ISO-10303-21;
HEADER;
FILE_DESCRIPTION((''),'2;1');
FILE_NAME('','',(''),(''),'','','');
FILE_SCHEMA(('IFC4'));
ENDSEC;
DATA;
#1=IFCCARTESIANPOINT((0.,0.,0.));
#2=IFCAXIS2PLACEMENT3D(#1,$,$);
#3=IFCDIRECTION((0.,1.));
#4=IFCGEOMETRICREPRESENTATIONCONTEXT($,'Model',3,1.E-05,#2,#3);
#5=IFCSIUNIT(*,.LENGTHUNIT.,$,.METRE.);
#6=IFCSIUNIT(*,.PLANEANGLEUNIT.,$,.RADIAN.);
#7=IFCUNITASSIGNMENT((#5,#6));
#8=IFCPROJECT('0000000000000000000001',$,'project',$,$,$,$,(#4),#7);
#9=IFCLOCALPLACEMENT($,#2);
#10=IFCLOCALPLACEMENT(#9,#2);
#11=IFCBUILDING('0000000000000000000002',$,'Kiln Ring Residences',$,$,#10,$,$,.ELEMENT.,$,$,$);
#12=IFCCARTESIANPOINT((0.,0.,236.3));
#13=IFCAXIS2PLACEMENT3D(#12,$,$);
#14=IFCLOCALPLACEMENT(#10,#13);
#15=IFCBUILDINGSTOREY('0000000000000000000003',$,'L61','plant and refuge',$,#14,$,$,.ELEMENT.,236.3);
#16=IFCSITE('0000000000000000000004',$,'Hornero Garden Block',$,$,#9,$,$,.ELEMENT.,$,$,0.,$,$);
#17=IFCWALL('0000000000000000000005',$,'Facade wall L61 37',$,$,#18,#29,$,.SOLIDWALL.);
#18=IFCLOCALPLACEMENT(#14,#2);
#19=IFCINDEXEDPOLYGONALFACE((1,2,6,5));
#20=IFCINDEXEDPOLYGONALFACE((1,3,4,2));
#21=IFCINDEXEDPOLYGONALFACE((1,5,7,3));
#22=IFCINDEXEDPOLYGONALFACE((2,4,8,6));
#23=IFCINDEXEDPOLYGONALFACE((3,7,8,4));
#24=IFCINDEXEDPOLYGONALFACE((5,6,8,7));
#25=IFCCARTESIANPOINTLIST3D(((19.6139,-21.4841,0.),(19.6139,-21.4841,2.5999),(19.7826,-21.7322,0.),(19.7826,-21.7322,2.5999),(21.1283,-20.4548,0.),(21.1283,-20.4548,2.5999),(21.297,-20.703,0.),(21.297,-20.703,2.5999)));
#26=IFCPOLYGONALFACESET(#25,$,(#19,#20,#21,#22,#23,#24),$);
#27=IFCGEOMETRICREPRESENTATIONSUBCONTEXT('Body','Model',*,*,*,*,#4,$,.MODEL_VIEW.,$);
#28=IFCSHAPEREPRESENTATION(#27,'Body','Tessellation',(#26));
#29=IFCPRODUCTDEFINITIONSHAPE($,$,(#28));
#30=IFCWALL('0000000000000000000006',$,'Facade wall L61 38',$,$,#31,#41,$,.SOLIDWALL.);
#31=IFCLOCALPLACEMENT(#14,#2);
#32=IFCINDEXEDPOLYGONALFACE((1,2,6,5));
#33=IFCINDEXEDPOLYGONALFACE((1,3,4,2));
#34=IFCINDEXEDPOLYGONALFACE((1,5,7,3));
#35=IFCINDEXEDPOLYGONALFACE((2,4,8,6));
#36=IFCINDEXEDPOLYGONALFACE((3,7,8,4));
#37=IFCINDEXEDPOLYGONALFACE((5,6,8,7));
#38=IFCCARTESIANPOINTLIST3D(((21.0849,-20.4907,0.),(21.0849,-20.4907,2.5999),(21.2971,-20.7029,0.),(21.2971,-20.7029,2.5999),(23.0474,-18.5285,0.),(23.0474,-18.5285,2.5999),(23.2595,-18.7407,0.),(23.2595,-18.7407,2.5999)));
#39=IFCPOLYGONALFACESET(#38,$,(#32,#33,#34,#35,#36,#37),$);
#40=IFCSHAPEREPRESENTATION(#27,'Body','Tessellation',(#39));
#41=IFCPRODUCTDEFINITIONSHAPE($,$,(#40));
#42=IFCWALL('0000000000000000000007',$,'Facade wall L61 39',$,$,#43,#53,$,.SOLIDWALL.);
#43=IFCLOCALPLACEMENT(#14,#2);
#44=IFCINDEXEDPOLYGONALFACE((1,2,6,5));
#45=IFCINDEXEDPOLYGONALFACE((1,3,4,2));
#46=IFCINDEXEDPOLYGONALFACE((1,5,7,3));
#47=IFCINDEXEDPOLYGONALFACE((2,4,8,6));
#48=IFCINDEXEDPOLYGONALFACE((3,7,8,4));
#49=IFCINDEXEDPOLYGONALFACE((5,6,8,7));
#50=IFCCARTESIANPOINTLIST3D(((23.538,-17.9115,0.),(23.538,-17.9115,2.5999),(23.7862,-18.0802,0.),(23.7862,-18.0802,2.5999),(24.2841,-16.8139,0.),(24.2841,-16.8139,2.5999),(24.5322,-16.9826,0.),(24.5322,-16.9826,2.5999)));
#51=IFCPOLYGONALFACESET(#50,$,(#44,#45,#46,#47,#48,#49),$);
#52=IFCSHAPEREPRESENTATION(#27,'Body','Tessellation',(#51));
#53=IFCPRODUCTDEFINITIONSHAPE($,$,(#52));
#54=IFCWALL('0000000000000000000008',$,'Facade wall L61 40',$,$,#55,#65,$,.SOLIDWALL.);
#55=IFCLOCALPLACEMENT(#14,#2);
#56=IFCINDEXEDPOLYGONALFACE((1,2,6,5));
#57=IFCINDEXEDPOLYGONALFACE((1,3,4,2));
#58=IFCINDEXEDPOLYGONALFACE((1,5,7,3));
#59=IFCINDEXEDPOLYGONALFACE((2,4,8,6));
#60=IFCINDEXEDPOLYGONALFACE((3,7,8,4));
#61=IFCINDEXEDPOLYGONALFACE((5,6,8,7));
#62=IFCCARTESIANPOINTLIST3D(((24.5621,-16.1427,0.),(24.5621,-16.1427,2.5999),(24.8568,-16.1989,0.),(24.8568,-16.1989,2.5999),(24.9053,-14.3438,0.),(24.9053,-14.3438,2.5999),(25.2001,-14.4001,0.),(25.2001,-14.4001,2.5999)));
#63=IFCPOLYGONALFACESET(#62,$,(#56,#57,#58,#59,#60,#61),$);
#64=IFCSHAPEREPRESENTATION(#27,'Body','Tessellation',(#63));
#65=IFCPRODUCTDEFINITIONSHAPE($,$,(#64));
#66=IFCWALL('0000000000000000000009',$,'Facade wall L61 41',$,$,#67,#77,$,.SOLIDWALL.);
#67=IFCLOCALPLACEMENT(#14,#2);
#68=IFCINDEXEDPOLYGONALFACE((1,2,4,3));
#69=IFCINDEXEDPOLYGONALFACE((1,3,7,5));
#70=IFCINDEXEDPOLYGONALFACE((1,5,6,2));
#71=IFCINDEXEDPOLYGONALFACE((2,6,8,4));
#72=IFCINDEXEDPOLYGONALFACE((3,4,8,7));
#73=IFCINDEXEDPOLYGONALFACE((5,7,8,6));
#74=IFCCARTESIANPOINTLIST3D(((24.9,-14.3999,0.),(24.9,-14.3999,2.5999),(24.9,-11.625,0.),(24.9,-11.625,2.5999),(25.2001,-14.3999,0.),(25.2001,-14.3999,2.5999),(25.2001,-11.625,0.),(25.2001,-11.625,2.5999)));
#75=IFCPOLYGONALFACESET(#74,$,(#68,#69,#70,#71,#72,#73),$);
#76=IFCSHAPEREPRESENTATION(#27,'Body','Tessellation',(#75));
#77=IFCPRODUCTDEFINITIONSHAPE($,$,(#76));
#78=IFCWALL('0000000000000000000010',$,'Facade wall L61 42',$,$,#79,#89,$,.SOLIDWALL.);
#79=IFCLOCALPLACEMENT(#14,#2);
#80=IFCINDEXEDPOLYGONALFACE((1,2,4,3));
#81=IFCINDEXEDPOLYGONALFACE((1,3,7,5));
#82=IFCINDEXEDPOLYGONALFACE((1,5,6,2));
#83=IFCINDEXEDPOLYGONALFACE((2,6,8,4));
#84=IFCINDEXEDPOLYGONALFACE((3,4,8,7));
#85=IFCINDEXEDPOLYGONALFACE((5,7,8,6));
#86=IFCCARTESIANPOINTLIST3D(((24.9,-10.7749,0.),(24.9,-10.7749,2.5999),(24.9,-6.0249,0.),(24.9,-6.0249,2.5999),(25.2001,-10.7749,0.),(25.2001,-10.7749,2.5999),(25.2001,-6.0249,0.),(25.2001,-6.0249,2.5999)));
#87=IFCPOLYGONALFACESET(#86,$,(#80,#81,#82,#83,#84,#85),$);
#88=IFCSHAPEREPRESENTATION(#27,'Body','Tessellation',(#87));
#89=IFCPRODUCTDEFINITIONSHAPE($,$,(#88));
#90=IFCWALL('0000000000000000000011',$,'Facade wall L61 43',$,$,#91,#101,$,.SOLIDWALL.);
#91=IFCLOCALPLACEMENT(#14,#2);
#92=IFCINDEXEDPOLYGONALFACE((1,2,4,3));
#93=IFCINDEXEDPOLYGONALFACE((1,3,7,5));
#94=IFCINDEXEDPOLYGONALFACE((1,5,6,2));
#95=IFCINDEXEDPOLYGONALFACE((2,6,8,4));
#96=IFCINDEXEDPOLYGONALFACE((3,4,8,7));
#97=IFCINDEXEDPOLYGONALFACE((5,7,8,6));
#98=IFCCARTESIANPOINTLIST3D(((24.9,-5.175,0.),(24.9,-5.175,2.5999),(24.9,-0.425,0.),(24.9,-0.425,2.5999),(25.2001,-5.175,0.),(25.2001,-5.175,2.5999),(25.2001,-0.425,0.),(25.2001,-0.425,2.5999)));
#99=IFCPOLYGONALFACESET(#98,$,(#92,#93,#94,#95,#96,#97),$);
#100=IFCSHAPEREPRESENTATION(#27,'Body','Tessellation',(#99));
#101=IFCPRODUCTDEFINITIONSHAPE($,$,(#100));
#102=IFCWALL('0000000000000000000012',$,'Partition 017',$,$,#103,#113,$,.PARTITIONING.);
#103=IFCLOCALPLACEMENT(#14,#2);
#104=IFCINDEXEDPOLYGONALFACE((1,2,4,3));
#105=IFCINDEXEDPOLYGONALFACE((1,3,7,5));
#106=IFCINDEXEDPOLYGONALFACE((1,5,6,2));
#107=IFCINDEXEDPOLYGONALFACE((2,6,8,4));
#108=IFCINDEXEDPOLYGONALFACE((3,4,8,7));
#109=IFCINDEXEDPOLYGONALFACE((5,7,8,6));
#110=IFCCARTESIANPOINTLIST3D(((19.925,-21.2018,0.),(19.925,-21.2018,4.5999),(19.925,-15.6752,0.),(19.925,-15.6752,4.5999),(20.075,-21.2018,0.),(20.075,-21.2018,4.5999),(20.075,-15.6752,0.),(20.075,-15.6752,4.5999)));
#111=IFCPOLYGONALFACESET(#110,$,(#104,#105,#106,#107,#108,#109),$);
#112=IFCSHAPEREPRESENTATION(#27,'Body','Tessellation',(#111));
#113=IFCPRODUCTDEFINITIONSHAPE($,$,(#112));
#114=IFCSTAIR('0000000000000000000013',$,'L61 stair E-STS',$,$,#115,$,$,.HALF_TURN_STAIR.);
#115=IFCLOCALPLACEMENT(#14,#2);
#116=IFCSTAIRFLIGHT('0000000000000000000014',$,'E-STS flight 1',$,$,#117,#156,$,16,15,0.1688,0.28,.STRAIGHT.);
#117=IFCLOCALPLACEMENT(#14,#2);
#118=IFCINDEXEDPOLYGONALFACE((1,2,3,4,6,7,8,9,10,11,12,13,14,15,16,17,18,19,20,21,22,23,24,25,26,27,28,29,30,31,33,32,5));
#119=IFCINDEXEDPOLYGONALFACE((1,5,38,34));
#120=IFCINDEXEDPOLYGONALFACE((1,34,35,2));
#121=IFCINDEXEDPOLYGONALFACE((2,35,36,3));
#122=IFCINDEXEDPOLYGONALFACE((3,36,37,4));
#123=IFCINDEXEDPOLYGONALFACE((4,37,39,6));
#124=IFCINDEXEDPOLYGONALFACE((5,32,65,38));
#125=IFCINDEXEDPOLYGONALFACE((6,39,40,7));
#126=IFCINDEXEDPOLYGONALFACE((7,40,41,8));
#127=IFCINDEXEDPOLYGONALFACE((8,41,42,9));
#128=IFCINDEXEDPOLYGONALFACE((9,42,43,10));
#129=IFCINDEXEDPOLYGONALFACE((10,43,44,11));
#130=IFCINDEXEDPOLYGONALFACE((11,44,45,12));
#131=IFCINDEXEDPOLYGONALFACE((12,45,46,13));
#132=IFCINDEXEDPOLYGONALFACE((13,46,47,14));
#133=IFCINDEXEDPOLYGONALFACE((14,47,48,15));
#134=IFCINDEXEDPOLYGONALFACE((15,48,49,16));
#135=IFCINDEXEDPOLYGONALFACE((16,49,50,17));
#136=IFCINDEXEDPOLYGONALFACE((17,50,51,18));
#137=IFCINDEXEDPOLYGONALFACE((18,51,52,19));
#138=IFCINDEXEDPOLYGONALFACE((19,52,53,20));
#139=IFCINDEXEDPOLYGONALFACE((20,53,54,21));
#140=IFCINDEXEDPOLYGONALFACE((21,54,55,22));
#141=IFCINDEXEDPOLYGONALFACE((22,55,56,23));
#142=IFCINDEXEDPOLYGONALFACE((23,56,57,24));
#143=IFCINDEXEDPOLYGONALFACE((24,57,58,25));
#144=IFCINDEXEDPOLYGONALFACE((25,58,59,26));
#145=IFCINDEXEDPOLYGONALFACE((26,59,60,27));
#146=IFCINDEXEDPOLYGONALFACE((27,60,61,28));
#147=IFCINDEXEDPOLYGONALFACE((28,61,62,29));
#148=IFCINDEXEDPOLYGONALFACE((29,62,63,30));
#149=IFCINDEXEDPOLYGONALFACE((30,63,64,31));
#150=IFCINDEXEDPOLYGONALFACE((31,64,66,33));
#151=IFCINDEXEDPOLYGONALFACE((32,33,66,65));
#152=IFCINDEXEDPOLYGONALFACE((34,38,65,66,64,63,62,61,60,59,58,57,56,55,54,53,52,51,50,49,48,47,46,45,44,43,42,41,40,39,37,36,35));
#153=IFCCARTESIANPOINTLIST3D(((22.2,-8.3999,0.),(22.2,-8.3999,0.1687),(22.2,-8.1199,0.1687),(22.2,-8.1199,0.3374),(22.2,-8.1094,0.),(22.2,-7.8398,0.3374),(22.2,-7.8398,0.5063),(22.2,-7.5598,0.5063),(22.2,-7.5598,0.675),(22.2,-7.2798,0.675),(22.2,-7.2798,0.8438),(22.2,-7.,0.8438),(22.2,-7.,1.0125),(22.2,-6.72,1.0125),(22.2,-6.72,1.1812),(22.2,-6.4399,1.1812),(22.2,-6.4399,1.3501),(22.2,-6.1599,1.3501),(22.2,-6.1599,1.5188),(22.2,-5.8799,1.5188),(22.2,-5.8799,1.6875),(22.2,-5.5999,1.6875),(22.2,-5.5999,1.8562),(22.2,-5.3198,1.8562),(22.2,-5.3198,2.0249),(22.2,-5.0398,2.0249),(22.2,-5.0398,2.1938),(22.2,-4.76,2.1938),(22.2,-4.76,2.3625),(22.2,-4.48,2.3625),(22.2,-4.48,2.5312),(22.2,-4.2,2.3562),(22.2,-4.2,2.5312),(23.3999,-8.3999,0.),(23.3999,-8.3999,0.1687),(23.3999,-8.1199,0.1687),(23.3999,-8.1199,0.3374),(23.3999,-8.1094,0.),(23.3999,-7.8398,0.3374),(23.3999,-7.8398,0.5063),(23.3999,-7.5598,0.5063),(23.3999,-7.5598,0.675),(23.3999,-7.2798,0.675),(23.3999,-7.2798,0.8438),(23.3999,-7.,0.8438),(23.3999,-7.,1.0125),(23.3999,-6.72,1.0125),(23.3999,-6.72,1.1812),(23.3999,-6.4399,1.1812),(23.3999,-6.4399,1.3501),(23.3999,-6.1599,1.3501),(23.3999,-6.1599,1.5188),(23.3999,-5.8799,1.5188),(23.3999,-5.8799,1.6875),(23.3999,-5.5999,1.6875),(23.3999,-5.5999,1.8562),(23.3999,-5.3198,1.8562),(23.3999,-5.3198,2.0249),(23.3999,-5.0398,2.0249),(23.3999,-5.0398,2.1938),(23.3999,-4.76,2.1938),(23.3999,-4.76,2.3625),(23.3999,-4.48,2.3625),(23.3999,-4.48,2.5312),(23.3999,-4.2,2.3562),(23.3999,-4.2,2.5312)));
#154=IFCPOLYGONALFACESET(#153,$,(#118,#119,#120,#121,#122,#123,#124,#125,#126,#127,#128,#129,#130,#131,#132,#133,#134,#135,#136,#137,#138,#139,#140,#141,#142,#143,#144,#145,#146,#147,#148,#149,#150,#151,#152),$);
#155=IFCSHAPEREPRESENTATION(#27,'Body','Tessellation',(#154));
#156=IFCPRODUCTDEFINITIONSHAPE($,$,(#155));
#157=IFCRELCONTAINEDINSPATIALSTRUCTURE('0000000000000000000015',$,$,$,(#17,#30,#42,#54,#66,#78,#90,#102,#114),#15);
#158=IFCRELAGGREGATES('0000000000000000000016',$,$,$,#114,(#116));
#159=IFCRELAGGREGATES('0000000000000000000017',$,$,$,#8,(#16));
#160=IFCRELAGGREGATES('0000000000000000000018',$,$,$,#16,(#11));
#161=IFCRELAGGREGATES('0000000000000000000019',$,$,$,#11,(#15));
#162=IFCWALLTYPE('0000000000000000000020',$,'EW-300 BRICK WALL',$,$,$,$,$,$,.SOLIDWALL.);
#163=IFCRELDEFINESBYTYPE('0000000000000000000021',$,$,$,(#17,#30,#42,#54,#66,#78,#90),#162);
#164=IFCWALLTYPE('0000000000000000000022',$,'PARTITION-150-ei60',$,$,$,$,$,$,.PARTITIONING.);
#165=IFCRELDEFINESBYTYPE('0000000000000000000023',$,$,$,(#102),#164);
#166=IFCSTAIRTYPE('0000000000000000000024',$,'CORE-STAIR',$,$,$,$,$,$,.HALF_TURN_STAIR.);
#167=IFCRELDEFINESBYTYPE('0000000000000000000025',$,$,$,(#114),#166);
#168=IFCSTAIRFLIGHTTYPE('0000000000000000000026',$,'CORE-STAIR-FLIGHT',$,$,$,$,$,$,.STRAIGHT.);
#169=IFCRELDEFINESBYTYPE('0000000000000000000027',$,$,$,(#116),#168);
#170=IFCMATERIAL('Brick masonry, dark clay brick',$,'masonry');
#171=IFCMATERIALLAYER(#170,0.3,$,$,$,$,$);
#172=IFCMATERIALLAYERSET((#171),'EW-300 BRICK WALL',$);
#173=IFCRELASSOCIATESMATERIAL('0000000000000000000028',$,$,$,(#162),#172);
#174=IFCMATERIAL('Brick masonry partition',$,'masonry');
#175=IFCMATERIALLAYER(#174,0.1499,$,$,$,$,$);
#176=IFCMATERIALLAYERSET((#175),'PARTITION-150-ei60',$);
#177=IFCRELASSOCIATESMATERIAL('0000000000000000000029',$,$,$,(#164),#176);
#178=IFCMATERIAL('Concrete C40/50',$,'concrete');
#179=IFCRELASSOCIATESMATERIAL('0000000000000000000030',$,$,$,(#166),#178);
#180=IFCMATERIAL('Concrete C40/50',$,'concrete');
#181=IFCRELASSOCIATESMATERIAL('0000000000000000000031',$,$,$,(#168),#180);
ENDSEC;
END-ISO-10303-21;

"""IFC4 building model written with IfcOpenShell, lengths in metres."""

from ifc_helpers import new_model, si_unit, direction, frame, frame_2d, origin, place, context, subcontext, project, spatial, polyline, rectangle, outline, extrude, material, layer, layer_set, type_object, element, aggregate, save


model = new_model("IFC4")

# Units and contexts
model_context = context("Model", 3, precision=1e-05, world=origin(), true_north=direction((0.0, 1.0)))
body_context = subcontext(model_context, "Body", "Model", "MODEL_VIEW")
ifc_project = project(units=[si_unit("LENGTHUNIT", "METRE"), si_unit("PLANEANGLEUNIT", "RADIAN")], contexts=[model_context])

# Site, building, storey
site_placement = place(None, origin())
site = spatial("IfcSite", under=ifc_project, at=site_placement, Name="Hornero Garden Block", CompositionType="ELEMENT", RefElevation=0.0)
building_placement = place(site_placement, origin())
building = spatial("IfcBuilding", under=site, at=building_placement, Name="Kiln Ring Residences", CompositionType="ELEMENT")
storey_placement = place(building_placement, frame((0.0, 0.0, 236.3)))
storey = spatial("IfcBuildingStorey", under=building, at=storey_placement, Name="L61", Description="plant and refuge", CompositionType="ELEMENT", Elevation=236.3)

# Walls
ifc_material_1 = material(Name="Brick masonry, dark clay brick", Category="masonry")
ifc_layer_1 = layer(ifc_material_1, 0.3)
ifc_layer_set_1 = layer_set([ifc_layer_1], Name="EW-300 BRICK WALL")
wall_type_1 = type_object("IfcWallType", Name="EW-300 BRICK WALL", PredefinedType="SOLIDWALL", material=ifc_layer_set_1)
wall_1_placement = place(storey_placement, frame((19.6982, -21.6082, 0.0), z_axis=(0.0, 0.0, 1.0), x_axis=(0.827053, 0.562124, 0.0)))
element("IfcWall", 1, at=wall_1_placement, inside=storey, type_object=wall_type_1, Name="Facade wall L61 37", PredefinedType="SOLIDWALL", context=body_context, shape_type="SweptSolid", body=[
    extrude(rectangle(XDim=1.8311, YDim=0.3, at=frame_2d((0.9155, 0.0))), origin(), (0.0, 0.0, 1.0), 2.5999),
])
wall_2_placement = place(storey_placement, frame((21.1909, -20.5969, 0.0), z_axis=(0.0, 0.0, 1.0), x_axis=(0.707151, 0.707063, 0.0)))
element("IfcWall", 2, at=wall_2_placement, inside=storey, type_object=wall_type_1, Name="Facade wall L61 38", PredefinedType="SOLIDWALL", context=body_context, shape_type="SweptSolid", body=[
    extrude(rectangle(XDim=2.7751, YDim=0.3, at=frame_2d((1.3877, 0.0))), origin(), (0.0, 0.0, 1.0), 2.5999),
])
wall_3_placement = place(storey_placement, frame((23.6621, -17.9958, 0.0), z_axis=(0.0, 0.0, 1.0), x_axis=(0.562149, 0.827036, 0.0)))
element("IfcWall", 3, at=wall_3_placement, inside=storey, type_object=wall_type_1, Name="Facade wall L61 39", PredefinedType="SOLIDWALL", context=body_context, shape_type="SweptSolid", body=[
    extrude(rectangle(XDim=1.3271, YDim=0.3, at=frame_2d((0.6636, 0.0))), origin(), (0.0, 0.0, 1.0), 2.5999),
])
wall_4_placement = place(storey_placement, frame((24.7095, -16.1707, 0.0), z_axis=(0.0, 0.0, 1.0), x_axis=(0.187443, 0.982275, 0.0)))
element("IfcWall", 4, at=wall_4_placement, inside=storey, type_object=wall_type_1, Name="Facade wall L61 40", PredefinedType="SOLIDWALL", context=body_context, shape_type="SweptSolid", body=[
    extrude(rectangle(XDim=1.8313, YDim=0.3, at=frame_2d((0.9155, 0.0))), origin(), (0.0, 0.0, 1.0), 2.5999),
])
wall_5_placement = place(storey_placement, frame((25.05, -14.3999, 0.0), z_axis=(0.0, 0.0, 1.0), x_axis=(0.0, 1.0, 0.0)))
element("IfcWall", 5, at=wall_5_placement, inside=storey, type_object=wall_type_1, Name="Facade wall L61 41", PredefinedType="SOLIDWALL", context=body_context, shape_type="SweptSolid", body=[
    extrude(rectangle(XDim=2.7749, YDim=0.3, at=frame_2d((1.3875, 0.0))), origin(), (0.0, 0.0, 1.0), 2.5999),
])
for number, where, z_axis, x_axis, name in (
    (6, (25.05, -10.7749, 0.0), (0.0, 0.0, 1.0), (0.0, 1.0, 0.0), "Facade wall L61 42"),
    (7, (25.05, -5.175, 0.0), (0.0, 0.0, 1.0), (0.0, 1.0, 0.0), "Facade wall L61 43"),
):
    element("IfcWall", number, at=place(storey_placement, frame(where, z_axis=z_axis, x_axis=x_axis)), inside=storey, type_object=wall_type_1, Name=name, PredefinedType="SOLIDWALL", context=body_context, shape_type="SweptSolid", body=[
        extrude(rectangle(XDim=4.75, YDim=0.3, at=frame_2d((2.375, 0.0))), origin(), (0.0, 0.0, 1.0), 2.5999),
    ])
ifc_material_2 = material(Name="Brick masonry partition", Category="masonry")
ifc_layer_2 = layer(ifc_material_2, 0.1499)
ifc_layer_set_2 = layer_set([ifc_layer_2], Name="PARTITION-150-ei60")
wall_type_2 = type_object("IfcWallType", Name="PARTITION-150-ei60", PredefinedType="PARTITIONING", material=ifc_layer_set_2)
wall_6_placement = place(storey_placement, frame((20.0, -21.2017, 0.0), z_axis=(0.0, 0.0, 1.0), x_axis=(0.0, 1.0, 0.0)))
element("IfcWall", 8, at=wall_6_placement, inside=storey, type_object=wall_type_2, Name="Partition 017", PredefinedType="PARTITIONING", context=body_context, shape_type="SweptSolid", body=[
    extrude(rectangle(XDim=5.5266, YDim=0.1499, at=frame_2d((2.7632, 0.0))), origin(), (0.0, 0.0, 1.0), 4.5999),
])

# Stair, stair flight
ifc_material_3 = material(Name="Concrete C40/50", Category="concrete")
stair_type = type_object("IfcStairType", Name="CORE-STAIR", PredefinedType="HALF_TURN_STAIR", material=ifc_material_3)
stair_placement = place(storey_placement, origin())
stair = element("IfcStair", 9, at=stair_placement, inside=storey, type_object=stair_type, Name="L61 stair E-STS", PredefinedType="HALF_TURN_STAIR")
ifc_material_4 = material(Name="Concrete C40/50", Category="concrete")
stair_flight_type = type_object("IfcStairFlightType", Name="CORE-STAIR-FLIGHT", PredefinedType="STRAIGHT", material=ifc_material_4)
stair_flight_1_placement = place(storey_placement, frame((22.8, -8.3999, 0.0), z_axis=(0.0, 0.0, 1.0), x_axis=(0.0, 1.0, 0.0)))
stair_flight_1 = element("IfcStairFlight", 10, at=stair_flight_1_placement, type_object=stair_flight_type, Name="E-STS flight 1", NumberOfRisers=16, NumberOfTreads=15, PredefinedType="STRAIGHT", RiserHeight=0.1688, TreadLength=0.28, context=body_context, shape_type="SweptSolid", body=[
    extrude(outline(polyline([(0.0, 0.0), (0.0, 0.1687), (0.28, 0.1687), (0.28, 0.3374), (0.5601, 0.3374), (0.5601, 0.5063), (0.8401, 0.5063), (0.8401, 0.675), (1.1201, 0.675), (1.1201, 0.8438), (1.3999, 0.8438), (1.3999, 1.0125), (1.6799, 1.0125), (1.6799, 1.1812), (1.96, 1.1812), (1.96, 1.3501), (2.24, 1.3501), (2.24, 1.5188), (2.52, 1.5188), (2.52, 1.6875), (2.8, 1.6875), (2.8, 1.8562), (3.0801, 1.8562), (3.0801, 2.0249), (3.3601, 2.0249), (3.3601, 2.1938), (3.6399, 2.1938), (3.6399, 2.3625), (3.9199, 2.3625), (3.9199, 2.5312), (4.2, 2.5312), (4.2, 2.7), (4.2, 2.3562), (0.2905, 0.0), (0.0, 0.0)])), frame((0.0, 0.6001, 0.0), z_axis=(0.0, -1.0, 0.0), x_axis=(1.0, 0.0, 0.0)), (0.0, 0.0, 1.0), 1.2),
])
aggregate(stair, [stair_flight_1])

save(model, "model.ifc")
